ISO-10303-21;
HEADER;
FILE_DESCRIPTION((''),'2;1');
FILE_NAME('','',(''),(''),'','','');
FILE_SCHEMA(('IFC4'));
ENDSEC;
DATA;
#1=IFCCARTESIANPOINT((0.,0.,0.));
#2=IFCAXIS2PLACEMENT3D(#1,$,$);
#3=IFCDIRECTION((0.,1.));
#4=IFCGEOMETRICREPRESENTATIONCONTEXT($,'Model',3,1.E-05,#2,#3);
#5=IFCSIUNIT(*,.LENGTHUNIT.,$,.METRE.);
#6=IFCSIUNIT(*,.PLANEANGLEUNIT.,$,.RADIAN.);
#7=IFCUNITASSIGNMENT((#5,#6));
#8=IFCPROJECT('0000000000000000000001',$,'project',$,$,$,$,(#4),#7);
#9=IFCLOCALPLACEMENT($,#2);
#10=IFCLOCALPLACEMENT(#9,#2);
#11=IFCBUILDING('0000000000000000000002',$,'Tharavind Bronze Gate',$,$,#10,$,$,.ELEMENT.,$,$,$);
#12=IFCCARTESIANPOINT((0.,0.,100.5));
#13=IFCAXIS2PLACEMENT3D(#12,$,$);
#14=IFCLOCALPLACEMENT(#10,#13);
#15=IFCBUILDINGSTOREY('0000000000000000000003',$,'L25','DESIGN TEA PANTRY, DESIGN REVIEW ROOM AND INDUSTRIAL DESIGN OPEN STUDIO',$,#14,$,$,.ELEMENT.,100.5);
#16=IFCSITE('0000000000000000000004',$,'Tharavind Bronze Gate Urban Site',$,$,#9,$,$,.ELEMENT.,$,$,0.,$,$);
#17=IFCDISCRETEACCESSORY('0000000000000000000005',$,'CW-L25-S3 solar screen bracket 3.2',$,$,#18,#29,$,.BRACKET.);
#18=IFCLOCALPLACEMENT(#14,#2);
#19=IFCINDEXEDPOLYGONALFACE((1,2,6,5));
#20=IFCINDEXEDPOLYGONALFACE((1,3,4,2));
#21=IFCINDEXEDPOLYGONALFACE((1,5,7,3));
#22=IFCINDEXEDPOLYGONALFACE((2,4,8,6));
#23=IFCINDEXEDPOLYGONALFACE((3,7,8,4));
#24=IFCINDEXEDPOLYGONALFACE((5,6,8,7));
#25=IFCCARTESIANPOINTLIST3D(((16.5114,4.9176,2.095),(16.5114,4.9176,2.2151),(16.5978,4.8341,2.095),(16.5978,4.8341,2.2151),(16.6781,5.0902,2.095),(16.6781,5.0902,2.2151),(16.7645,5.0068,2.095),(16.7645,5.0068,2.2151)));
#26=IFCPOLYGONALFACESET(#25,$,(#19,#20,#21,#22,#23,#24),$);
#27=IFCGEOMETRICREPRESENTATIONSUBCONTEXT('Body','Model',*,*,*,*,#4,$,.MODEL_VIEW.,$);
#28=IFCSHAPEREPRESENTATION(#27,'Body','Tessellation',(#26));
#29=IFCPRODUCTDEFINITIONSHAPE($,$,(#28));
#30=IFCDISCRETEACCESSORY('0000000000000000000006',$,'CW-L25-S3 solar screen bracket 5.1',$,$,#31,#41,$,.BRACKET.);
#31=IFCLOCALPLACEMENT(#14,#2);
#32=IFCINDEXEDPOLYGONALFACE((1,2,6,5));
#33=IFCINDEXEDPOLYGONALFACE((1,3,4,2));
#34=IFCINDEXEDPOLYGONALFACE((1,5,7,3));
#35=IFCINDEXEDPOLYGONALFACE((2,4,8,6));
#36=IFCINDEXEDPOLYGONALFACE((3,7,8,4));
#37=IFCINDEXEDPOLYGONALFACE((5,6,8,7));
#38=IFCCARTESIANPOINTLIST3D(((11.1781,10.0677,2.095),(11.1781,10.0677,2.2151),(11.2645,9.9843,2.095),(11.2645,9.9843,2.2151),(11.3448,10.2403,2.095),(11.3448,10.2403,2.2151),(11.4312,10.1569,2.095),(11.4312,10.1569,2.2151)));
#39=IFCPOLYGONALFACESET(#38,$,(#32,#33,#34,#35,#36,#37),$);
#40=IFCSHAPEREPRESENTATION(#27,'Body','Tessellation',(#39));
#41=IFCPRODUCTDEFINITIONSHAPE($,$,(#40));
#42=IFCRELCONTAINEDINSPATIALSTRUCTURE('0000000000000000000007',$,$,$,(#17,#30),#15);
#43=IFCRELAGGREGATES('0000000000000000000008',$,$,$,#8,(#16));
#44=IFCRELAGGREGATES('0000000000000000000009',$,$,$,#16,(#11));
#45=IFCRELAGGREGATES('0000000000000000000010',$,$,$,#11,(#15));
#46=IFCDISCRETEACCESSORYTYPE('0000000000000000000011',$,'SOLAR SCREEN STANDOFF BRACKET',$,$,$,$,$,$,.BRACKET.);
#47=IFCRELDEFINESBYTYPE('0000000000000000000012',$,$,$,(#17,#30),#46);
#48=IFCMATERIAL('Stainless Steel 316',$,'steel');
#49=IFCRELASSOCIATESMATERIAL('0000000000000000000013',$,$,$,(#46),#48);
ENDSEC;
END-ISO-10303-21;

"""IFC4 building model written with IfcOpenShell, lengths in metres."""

from ifc_helpers import new_model, si_unit, direction, frame, origin, origin_2d, place, context, subcontext, project, spatial, rectangle, extrude, material, type_object, element, save


model = new_model("IFC4")

# Units and contexts
model_context = context("Model", 3, precision=1e-05, world=origin(), true_north=direction((0.0, 1.0)))
body_context = subcontext(model_context, "Body", "Model", "MODEL_VIEW")
ifc_project = project(units=[si_unit("LENGTHUNIT", "METRE"), si_unit("PLANEANGLEUNIT", "RADIAN")], contexts=[model_context])

# Site, building, storey
site_placement = place(None, origin())
site = spatial("IfcSite", under=ifc_project, at=site_placement, Name="Tharavind Bronze Gate Urban Site", CompositionType="ELEMENT", RefElevation=0.0)
building_placement = place(site_placement, origin())
building = spatial("IfcBuilding", under=site, at=building_placement, Name="Tharavind Bronze Gate", CompositionType="ELEMENT")
storey_placement = place(building_placement, frame((0.0, 0.0, 100.5)))
storey = spatial("IfcBuildingStorey", under=building, at=storey_placement, Name="L25", Description="DESIGN TEA PANTRY, DESIGN REVIEW ROOM AND INDUSTRIAL DESIGN OPEN STUDIO", CompositionType="ELEMENT", Elevation=100.5)

# Discrete accessories
ifc_material_1 = material(Name="Stainless Steel 316", Category="steel")
discrete_accessory_type = type_object("IfcDiscreteAccessoryType", Name="SOLAR SCREEN STANDOFF BRACKET", PredefinedType="BRACKET", material=ifc_material_1)
for number, where, z_axis, x_axis, name in (
    (1, (16.6379, 4.9622, 2.095), (0.0, 0.0, 1.0), (-0.719341, 0.694657, 0.0), "CW-L25-S3 solar screen bracket 3.2"),
    (2, (11.3047, 10.1123, 2.095), (0.0, 0.0, 1.0), (-0.719341, 0.694657, 0.0), "CW-L25-S3 solar screen bracket 5.1"),
):
    element("IfcDiscreteAccessory", number, at=place(storey_placement, frame(where, z_axis=z_axis, x_axis=x_axis)), inside=storey, type_object=discrete_accessory_type, Name=name, PredefinedType="BRACKET", context=body_context, shape_type="SweptSolid", body=[
        extrude(rectangle(XDim=0.1201, YDim=0.24, at=origin_2d()), origin(), (0.0, 0.0, 1.0), 0.1201),
    ])

save(model, "model.ifc")
